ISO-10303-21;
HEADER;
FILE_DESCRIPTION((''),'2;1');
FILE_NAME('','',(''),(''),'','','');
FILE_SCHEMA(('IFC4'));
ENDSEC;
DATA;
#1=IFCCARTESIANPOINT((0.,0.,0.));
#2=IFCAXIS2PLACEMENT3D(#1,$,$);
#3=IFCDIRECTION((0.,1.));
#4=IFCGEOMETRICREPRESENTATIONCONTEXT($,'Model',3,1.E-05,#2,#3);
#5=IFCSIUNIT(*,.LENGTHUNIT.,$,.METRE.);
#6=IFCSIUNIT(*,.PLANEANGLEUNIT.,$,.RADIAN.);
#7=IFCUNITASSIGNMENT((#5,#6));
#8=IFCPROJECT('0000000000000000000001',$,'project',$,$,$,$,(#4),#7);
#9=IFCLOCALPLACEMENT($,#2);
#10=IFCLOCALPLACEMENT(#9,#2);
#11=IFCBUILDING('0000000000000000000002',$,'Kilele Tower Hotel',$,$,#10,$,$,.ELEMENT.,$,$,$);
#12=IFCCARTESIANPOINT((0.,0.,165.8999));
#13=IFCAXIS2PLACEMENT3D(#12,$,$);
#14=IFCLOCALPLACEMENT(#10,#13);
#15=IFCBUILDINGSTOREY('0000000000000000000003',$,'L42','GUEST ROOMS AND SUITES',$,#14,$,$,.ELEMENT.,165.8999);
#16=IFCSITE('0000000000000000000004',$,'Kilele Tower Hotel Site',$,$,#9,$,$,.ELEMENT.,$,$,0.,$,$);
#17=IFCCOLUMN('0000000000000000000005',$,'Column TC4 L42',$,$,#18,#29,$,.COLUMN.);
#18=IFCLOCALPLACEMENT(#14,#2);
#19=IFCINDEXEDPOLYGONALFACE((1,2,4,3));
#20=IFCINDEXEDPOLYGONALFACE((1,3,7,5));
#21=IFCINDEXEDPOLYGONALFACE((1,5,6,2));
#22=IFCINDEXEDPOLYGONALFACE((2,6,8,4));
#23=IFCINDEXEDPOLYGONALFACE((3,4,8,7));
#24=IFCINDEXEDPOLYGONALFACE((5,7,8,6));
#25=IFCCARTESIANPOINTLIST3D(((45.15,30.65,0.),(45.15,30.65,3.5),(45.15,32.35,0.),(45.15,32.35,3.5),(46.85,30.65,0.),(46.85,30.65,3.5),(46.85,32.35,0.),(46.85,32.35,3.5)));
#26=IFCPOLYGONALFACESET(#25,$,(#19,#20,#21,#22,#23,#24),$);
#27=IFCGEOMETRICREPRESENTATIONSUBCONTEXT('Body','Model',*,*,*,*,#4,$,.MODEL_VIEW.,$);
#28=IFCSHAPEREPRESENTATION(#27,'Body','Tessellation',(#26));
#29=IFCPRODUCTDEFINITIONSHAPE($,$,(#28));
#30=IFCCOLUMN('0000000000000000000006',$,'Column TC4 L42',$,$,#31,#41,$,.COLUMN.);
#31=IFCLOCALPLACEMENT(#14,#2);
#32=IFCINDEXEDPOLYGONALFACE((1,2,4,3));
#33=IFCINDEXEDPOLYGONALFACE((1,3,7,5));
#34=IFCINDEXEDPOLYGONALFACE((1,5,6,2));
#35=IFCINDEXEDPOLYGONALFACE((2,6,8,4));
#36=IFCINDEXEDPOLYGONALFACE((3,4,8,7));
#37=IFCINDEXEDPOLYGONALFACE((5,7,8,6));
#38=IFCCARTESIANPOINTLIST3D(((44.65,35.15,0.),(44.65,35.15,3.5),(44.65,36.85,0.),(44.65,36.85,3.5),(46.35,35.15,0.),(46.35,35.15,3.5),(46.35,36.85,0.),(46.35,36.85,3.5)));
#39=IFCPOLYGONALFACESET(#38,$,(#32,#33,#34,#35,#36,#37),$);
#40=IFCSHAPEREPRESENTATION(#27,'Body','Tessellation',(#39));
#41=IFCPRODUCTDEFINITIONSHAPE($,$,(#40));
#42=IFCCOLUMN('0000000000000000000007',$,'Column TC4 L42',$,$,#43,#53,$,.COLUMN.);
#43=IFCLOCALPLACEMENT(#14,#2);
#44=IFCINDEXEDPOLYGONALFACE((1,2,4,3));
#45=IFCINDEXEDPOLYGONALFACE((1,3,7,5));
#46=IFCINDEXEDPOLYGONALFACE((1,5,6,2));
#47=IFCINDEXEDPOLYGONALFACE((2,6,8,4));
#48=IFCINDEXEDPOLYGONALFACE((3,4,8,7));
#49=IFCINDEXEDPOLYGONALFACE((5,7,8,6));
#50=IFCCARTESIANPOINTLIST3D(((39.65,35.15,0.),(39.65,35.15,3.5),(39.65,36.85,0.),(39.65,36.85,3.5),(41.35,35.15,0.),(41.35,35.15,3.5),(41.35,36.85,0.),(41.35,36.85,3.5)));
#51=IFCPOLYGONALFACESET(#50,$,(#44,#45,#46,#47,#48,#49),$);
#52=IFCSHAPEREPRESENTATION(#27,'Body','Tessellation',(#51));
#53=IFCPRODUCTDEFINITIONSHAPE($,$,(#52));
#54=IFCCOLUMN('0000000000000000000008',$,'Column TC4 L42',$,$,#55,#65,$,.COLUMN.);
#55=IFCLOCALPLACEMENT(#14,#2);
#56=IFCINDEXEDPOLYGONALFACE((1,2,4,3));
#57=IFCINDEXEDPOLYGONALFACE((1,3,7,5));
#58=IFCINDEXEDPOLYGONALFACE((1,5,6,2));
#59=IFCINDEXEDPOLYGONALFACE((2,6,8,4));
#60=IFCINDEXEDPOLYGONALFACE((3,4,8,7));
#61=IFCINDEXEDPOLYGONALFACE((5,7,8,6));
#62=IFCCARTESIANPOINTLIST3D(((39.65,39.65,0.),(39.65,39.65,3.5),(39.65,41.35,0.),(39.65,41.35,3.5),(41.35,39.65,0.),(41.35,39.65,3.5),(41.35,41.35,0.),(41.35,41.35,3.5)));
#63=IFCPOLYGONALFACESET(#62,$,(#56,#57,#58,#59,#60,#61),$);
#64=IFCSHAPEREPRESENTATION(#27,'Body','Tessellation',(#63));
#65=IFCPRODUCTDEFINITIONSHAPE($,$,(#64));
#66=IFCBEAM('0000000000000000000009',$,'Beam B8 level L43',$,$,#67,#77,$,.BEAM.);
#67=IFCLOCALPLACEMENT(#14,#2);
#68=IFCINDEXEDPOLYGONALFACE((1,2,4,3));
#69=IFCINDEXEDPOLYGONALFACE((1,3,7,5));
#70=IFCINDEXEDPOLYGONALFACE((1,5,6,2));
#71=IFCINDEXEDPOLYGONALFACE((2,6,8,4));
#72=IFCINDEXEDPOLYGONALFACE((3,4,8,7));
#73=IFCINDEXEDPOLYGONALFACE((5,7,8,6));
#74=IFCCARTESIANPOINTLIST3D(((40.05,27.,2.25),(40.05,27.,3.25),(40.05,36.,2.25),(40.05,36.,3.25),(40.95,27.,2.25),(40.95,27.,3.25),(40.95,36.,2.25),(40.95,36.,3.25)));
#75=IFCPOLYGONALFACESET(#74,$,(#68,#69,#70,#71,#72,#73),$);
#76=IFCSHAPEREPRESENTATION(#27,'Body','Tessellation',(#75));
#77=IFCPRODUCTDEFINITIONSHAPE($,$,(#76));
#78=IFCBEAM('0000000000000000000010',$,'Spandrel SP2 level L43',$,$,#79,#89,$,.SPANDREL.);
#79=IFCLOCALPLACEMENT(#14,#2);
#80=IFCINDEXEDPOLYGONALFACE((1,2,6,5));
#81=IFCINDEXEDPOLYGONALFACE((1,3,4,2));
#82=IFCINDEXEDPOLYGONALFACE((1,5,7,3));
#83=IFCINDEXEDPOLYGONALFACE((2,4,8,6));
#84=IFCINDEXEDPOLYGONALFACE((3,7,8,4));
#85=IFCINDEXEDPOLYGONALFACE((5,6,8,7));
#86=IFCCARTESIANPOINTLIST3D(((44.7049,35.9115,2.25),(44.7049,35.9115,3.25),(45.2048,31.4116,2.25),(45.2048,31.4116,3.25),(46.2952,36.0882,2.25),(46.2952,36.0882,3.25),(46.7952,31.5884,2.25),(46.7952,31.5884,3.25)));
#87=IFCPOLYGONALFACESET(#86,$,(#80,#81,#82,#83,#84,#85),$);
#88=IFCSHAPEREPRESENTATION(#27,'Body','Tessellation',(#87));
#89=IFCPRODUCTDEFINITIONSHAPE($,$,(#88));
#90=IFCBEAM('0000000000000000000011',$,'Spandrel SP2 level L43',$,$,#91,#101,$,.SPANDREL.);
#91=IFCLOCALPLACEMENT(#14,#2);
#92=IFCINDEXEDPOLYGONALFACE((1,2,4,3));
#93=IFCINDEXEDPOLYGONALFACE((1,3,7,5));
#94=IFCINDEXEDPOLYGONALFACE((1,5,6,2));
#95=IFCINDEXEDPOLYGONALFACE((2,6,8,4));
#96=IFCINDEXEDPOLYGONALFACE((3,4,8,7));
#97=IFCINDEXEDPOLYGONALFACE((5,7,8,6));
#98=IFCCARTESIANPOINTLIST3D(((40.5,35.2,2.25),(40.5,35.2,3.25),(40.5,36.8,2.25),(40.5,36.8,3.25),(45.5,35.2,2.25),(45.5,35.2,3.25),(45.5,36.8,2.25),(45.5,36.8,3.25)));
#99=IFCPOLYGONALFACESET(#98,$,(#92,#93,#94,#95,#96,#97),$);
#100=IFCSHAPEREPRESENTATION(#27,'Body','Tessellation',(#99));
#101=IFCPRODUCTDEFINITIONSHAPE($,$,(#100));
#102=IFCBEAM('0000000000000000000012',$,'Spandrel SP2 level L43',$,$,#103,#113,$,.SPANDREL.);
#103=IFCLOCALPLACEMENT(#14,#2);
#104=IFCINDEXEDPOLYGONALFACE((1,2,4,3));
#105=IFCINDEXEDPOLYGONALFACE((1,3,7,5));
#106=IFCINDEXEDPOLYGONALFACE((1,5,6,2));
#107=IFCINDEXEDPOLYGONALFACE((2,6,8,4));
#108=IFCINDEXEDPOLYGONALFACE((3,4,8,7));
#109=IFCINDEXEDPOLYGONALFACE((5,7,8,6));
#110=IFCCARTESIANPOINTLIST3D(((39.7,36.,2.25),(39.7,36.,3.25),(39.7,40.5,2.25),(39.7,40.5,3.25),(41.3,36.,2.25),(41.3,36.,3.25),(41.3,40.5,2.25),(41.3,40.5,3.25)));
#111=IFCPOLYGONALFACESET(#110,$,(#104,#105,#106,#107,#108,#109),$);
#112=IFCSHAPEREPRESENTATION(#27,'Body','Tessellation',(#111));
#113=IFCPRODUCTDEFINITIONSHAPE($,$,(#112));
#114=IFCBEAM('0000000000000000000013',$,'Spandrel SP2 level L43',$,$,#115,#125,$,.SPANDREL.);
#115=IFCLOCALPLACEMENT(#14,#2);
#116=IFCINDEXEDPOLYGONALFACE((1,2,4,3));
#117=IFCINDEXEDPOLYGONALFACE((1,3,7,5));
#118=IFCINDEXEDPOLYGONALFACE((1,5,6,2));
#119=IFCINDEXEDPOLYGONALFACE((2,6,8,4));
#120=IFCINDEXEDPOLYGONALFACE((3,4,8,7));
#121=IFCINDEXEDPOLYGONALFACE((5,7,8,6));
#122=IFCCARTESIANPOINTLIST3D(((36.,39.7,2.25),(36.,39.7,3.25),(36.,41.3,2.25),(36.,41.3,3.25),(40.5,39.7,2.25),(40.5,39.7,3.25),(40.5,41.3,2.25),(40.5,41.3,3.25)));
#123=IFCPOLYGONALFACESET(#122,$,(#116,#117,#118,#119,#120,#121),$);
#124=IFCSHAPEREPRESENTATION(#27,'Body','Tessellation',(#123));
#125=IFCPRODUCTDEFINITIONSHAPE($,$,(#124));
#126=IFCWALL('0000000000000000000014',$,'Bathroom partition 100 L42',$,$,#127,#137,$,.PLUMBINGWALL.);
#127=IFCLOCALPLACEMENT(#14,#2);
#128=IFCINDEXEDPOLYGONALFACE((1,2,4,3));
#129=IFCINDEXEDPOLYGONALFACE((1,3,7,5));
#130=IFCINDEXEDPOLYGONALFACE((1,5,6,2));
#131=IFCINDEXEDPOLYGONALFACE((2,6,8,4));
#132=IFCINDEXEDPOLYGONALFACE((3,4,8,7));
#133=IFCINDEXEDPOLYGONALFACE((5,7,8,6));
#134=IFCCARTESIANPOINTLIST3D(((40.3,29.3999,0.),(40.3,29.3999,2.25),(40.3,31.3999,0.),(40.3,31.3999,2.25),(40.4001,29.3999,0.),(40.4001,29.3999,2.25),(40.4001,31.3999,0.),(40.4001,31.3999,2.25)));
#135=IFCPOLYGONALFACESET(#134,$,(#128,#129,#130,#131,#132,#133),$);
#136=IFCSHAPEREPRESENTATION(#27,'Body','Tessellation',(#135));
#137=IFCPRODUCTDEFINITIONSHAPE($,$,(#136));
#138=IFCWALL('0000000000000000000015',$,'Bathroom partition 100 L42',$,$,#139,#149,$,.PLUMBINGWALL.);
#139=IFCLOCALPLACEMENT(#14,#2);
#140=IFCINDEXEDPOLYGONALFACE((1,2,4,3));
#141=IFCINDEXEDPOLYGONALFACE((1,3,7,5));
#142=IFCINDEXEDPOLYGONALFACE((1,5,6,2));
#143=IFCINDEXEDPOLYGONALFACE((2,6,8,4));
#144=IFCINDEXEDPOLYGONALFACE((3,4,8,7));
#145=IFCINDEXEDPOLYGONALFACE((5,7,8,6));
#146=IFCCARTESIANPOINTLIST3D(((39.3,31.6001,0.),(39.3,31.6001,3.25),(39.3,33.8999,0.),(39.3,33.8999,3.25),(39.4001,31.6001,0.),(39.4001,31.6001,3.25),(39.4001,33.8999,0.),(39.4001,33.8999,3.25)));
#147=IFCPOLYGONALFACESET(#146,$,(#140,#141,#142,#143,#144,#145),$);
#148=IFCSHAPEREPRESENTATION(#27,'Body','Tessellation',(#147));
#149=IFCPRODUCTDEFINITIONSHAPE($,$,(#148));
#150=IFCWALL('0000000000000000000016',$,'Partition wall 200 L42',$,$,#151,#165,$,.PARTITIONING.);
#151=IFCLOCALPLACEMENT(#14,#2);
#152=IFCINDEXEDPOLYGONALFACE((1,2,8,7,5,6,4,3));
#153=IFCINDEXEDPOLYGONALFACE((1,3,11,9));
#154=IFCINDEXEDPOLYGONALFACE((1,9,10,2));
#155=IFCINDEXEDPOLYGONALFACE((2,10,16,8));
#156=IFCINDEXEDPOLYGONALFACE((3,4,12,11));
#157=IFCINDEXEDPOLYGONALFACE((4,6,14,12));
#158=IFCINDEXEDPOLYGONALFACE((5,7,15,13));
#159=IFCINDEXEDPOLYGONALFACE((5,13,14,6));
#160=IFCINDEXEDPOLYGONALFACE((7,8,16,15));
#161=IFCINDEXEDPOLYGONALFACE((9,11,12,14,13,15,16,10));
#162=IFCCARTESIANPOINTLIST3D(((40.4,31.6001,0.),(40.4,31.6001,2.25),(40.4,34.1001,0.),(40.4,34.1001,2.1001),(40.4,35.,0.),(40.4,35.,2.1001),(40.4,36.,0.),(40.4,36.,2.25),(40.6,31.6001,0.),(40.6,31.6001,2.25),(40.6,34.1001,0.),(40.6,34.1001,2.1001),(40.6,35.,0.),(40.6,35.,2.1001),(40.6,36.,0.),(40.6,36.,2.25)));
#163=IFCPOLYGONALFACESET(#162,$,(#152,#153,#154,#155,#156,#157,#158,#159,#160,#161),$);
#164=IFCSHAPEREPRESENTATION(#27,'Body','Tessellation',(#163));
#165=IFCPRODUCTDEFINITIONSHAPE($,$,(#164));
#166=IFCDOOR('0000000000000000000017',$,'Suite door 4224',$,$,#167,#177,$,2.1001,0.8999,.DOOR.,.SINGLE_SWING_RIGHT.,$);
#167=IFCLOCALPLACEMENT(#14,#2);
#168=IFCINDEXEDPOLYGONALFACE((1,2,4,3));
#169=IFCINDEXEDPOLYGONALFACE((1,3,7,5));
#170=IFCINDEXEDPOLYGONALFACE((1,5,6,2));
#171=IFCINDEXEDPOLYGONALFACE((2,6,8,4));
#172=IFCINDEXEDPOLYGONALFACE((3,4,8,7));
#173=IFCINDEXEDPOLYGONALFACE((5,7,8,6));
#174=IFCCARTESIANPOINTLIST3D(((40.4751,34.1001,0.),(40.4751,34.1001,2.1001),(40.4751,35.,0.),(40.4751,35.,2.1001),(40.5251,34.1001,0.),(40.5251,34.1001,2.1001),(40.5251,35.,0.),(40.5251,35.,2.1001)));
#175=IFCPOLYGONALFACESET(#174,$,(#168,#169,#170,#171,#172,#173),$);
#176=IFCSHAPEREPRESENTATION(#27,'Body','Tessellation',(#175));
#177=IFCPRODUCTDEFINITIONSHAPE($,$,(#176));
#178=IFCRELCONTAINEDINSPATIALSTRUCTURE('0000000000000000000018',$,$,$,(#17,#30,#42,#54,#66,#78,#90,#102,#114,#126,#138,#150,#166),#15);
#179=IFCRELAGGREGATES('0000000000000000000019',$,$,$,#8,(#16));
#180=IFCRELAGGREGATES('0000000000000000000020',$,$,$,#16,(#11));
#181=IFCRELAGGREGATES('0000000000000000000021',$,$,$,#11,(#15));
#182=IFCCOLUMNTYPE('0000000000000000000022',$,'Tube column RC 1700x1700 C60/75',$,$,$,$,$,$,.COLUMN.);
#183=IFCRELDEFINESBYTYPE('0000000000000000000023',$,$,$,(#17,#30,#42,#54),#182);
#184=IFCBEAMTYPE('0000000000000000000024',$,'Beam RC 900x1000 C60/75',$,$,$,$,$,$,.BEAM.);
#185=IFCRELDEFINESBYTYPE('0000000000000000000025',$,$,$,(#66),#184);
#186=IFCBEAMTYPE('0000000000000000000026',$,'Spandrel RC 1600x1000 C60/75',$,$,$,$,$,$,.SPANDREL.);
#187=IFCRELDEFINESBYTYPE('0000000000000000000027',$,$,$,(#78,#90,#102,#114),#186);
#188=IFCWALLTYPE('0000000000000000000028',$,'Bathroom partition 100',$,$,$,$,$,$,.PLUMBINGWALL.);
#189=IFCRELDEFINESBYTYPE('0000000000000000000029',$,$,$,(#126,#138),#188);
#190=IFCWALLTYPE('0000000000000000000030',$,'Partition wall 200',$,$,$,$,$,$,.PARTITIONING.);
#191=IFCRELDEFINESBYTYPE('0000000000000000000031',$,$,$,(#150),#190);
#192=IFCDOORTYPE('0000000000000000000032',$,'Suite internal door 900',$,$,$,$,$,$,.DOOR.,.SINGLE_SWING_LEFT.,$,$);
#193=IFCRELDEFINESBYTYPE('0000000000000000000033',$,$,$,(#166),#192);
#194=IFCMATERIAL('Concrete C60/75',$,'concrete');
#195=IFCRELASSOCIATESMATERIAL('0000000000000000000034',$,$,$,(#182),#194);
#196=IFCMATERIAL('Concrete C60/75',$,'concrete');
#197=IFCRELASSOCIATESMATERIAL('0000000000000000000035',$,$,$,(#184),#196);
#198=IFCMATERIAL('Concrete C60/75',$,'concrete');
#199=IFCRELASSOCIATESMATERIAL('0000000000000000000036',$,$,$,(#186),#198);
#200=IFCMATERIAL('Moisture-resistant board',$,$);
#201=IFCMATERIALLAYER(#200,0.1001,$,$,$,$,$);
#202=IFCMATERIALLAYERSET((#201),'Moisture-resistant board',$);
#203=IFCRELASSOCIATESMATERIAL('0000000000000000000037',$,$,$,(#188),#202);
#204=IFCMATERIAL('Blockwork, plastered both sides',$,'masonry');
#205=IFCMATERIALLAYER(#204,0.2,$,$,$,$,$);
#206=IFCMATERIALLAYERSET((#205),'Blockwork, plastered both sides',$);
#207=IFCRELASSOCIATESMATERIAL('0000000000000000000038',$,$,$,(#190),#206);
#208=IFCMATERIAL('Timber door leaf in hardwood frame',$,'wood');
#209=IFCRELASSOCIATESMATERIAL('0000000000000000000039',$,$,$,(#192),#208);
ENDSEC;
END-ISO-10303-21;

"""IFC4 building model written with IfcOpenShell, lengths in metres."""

from ifc_helpers import new_model, si_unit, direction, frame, frame_2d, origin, origin_2d, place, context, subcontext, project, spatial, rectangle, extrude, material, layer, layer_set, material_profile, profile_set, type_object, element, fill, save


model = new_model("IFC4")

# Units and contexts
model_context = context("Model", 3, precision=1e-05, world=origin(), true_north=direction((0.0, 1.0)))
body_context = subcontext(model_context, "Body", "Model", "MODEL_VIEW")
ifc_project = project(units=[si_unit("LENGTHUNIT", "METRE"), si_unit("PLANEANGLEUNIT", "RADIAN")], contexts=[model_context])

# Site, building, storey
site_placement = place(None, origin())
site = spatial("IfcSite", under=ifc_project, at=site_placement, Name="Kilele Tower Hotel Site", CompositionType="ELEMENT", RefElevation=0.0)
building_placement = place(site_placement, origin())
building = spatial("IfcBuilding", under=site, at=building_placement, Name="Kilele Tower Hotel", CompositionType="ELEMENT")
storey_placement = place(building_placement, frame((0.0, 0.0, 165.8999)))
storey = spatial("IfcBuildingStorey", under=building, at=storey_placement, Name="L42", Description="GUEST ROOMS AND SUITES", CompositionType="ELEMENT", Elevation=165.8999)

# Columns
ifc_material_1 = material(Name="Concrete C60/75", Category="concrete")
ifc_material_profile_1 = material_profile(ifc_material_1, rectangle(XDim=1.7, YDim=1.7, at=origin_2d()))
ifc_profile_set_1 = profile_set([ifc_material_profile_1], Name="Concrete C60/75")
column_type = type_object("IfcColumnType", Name="Tube column RC 1700x1700 C60/75", PredefinedType="COLUMN", material=ifc_profile_set_1)
for number, where, z_axis, x_axis, name in (
    (1, (46.0, 31.5, 0.0), (0.0, 0.0, 1.0), (1.0, 0.0, 0.0), "Column TC4 L42"),
    (2, (45.5, 36.0, 0.0), (0.0, 0.0, 1.0), (1.0, 0.0, 0.0), "Column TC4 L42"),
    (3, (40.5, 36.0, 0.0), (0.0, 0.0, 1.0), (1.0, 0.0, 0.0), "Column TC4 L42"),
    (4, (40.5, 40.5, 0.0), (0.0, 0.0, 1.0), (1.0, 0.0, 0.0), "Column TC4 L42"),
):
    element("IfcColumn", number, at=place(storey_placement, frame(where, z_axis=z_axis, x_axis=x_axis)), inside=storey, type_object=column_type, Name=name, PredefinedType="COLUMN", context=body_context, shape_type="SweptSolid", body=[
        extrude(rectangle(XDim=1.7, YDim=1.7, at=origin_2d()), origin(), (0.0, 0.0, 1.0), 3.5),
    ])

# Beams
ifc_material_2 = material(Name="Concrete C60/75", Category="concrete")
ifc_material_profile_2 = material_profile(ifc_material_2, rectangle(XDim=0.8999, YDim=1.0, at=origin_2d()))
ifc_profile_set_2 = profile_set([ifc_material_profile_2], Name="Concrete C60/75")
beam_type_1 = type_object("IfcBeamType", Name="Beam RC 900x1000 C60/75", PredefinedType="BEAM", material=ifc_profile_set_2)
beam_1_placement = place(storey_placement, frame((40.5, 36.0, 2.75), z_axis=(0.0, -1.0, 0.0), x_axis=(1.0, 0.0, 0.0)))
element("IfcBeam", 5, at=beam_1_placement, inside=storey, type_object=beam_type_1, Name="Beam B8 level L43", PredefinedType="BEAM", context=body_context, shape_type="SweptSolid", body=[
    extrude(rectangle(XDim=0.8999, YDim=1.0, at=origin_2d()), origin(), (0.0, 0.0, 1.0), 9.0),
])
ifc_material_3 = material(Name="Concrete C60/75", Category="concrete")
ifc_material_profile_3 = material_profile(ifc_material_3, rectangle(XDim=1.6001, YDim=1.0, at=origin_2d()))
ifc_profile_set_3 = profile_set([ifc_material_profile_3], Name="Concrete C60/75")
beam_type_2 = type_object("IfcBeamType", Name="Spandrel RC 1600x1000 C60/75", PredefinedType="SPANDREL", material=ifc_profile_set_3)
beam_2_placement = place(storey_placement, frame((46.0, 31.5, 2.75), z_axis=(-0.110432, 0.993884, 0.0), x_axis=(-0.993884, -0.110432, 0.0)))
element("IfcBeam", 6, at=beam_2_placement, inside=storey, type_object=beam_type_2, Name="Spandrel SP2 level L43", PredefinedType="SPANDREL", context=body_context, shape_type="SweptSolid", body=[
    extrude(rectangle(XDim=1.6001, YDim=1.0, at=origin_2d()), origin(), (0.0, 0.0, 1.0), 4.5276),
])
beam_3_placement = place(storey_placement, frame((45.5, 36.0, 2.75), z_axis=(-1.0, 0.0, 0.0), x_axis=(0.0, -1.0, 0.0)))
element("IfcBeam", 7, at=beam_3_placement, inside=storey, type_object=beam_type_2, Name="Spandrel SP2 level L43", PredefinedType="SPANDREL", context=body_context, shape_type="SweptSolid", body=[
    extrude(rectangle(XDim=1.6001, YDim=1.0, at=origin_2d()), origin(), (0.0, 0.0, 1.0), 5.0),
])
for number, where, z_axis, x_axis, name in (
    (8, (40.5, 36.0, 2.75), (0.0, 1.0, 0.0), (-1.0, 0.0, 0.0), "Spandrel SP2 level L43"),
    (9, (40.5, 40.5, 2.75), (-1.0, 0.0, 0.0), (0.0, -1.0, 0.0), "Spandrel SP2 level L43"),
):
    element("IfcBeam", number, at=place(storey_placement, frame(where, z_axis=z_axis, x_axis=x_axis)), inside=storey, type_object=beam_type_2, Name=name, PredefinedType="SPANDREL", context=body_context, shape_type="SweptSolid", body=[
        extrude(rectangle(XDim=1.6001, YDim=1.0, at=origin_2d()), origin(), (0.0, 0.0, 1.0), 4.5),
    ])

# Walls
ifc_material_4 = material(Name="Moisture-resistant board")
ifc_layer_1 = layer(ifc_material_4, 0.1001)
ifc_layer_set_1 = layer_set([ifc_layer_1], Name="Moisture-resistant board")
wall_type_1 = type_object("IfcWallType", Name="Bathroom partition 100", PredefinedType="PLUMBINGWALL", material=ifc_layer_set_1)
wall_1_placement = place(storey_placement, frame((40.3501, 31.3999, 0.0), z_axis=(0.0, 0.0, 1.0), x_axis=(0.0, -1.0, 0.0)))
element("IfcWall", 10, at=wall_1_placement, inside=storey, type_object=wall_type_1, Name="Bathroom partition 100 L42", PredefinedType="PLUMBINGWALL", context=body_context, shape_type="SweptSolid", body=[
    extrude(rectangle(XDim=2.0, YDim=0.1001, at=frame_2d((1.0, 0.0))), origin(), (0.0, 0.0, 1.0), 2.25),
])
wall_2_placement = place(storey_placement, frame((39.3501, 31.6001, 0.0), z_axis=(0.0, 0.0, 1.0), x_axis=(0.0, 1.0, 0.0)))
element("IfcWall", 11, at=wall_2_placement, inside=storey, type_object=wall_type_1, Name="Bathroom partition 100 L42", PredefinedType="PLUMBINGWALL", context=body_context, shape_type="SweptSolid", body=[
    extrude(rectangle(XDim=2.2998, YDim=0.1001, at=frame_2d((1.1499, 0.0))), origin(), (0.0, 0.0, 1.0), 3.25),
])

# Wall, opening, door
ifc_material_5 = material(Name="Blockwork, plastered both sides", Category="masonry")
ifc_layer_2 = layer(ifc_material_5, 0.2)
ifc_layer_set_2 = layer_set([ifc_layer_2], Name="Blockwork, plastered both sides")
wall_type_2 = type_object("IfcWallType", Name="Partition wall 200", PredefinedType="PARTITIONING", material=ifc_layer_set_2)
wall_3_placement = place(storey_placement, frame((40.5, 31.6001, 0.0), z_axis=(0.0, 0.0, 1.0), x_axis=(0.0, 1.0, 0.0)))
wall_3 = element("IfcWall", 12, at=wall_3_placement, inside=storey, type_object=wall_type_2, Name="Partition wall 200 L42", PredefinedType="PARTITIONING", context=body_context, shape_type="SweptSolid", body=[
    extrude(rectangle(XDim=4.3999, YDim=0.2, at=frame_2d((2.2, 0.0))), origin(), (0.0, 0.0, 1.0), 2.25),
])
opening_1_placement = place(wall_3_placement, frame((2.5, 0.0, 0.0)))
opening_1 = element("IfcOpeningElement", 13, at=opening_1_placement, cuts=wall_3, PredefinedType="OPENING", context=body_context, shape_type="SweptSolid", body=[
    extrude(rectangle(XDim=0.8999, YDim=2.1001, at=frame_2d((0.45, 1.05))), frame((0.0, 0.1099, 0.0), z_axis=(0.0, -1.0, 0.0), x_axis=(1.0, 0.0, 0.0)), (0.0, 0.0, 1.0), 0.22),
])
ifc_material_6 = material(Name="Timber door leaf in hardwood frame", Category="wood")
door_type = type_object("IfcDoorType", Name="Suite internal door 900", OperationType="SINGLE_SWING_LEFT", PredefinedType="DOOR", material=ifc_material_6)
door_placement = place(opening_1_placement, origin())
door = element("IfcDoor", 14, at=door_placement, inside=storey, type_object=door_type, Name="Suite door 4224", OperationType="SINGLE_SWING_RIGHT", OverallHeight=2.1001, OverallWidth=0.8999, PredefinedType="DOOR", context=body_context, shape_type="SweptSolid", body=[
    extrude(rectangle(XDim=0.8999, YDim=2.1001, at=frame_2d((0.45, 1.05))), frame((0.0, 0.0249, 0.0), z_axis=(0.0, -1.0, 0.0), x_axis=(1.0, 0.0, 0.0)), (0.0, 0.0, 1.0), 0.05),
])
fill(opening_1, door)

save(model, "model.ifc")
